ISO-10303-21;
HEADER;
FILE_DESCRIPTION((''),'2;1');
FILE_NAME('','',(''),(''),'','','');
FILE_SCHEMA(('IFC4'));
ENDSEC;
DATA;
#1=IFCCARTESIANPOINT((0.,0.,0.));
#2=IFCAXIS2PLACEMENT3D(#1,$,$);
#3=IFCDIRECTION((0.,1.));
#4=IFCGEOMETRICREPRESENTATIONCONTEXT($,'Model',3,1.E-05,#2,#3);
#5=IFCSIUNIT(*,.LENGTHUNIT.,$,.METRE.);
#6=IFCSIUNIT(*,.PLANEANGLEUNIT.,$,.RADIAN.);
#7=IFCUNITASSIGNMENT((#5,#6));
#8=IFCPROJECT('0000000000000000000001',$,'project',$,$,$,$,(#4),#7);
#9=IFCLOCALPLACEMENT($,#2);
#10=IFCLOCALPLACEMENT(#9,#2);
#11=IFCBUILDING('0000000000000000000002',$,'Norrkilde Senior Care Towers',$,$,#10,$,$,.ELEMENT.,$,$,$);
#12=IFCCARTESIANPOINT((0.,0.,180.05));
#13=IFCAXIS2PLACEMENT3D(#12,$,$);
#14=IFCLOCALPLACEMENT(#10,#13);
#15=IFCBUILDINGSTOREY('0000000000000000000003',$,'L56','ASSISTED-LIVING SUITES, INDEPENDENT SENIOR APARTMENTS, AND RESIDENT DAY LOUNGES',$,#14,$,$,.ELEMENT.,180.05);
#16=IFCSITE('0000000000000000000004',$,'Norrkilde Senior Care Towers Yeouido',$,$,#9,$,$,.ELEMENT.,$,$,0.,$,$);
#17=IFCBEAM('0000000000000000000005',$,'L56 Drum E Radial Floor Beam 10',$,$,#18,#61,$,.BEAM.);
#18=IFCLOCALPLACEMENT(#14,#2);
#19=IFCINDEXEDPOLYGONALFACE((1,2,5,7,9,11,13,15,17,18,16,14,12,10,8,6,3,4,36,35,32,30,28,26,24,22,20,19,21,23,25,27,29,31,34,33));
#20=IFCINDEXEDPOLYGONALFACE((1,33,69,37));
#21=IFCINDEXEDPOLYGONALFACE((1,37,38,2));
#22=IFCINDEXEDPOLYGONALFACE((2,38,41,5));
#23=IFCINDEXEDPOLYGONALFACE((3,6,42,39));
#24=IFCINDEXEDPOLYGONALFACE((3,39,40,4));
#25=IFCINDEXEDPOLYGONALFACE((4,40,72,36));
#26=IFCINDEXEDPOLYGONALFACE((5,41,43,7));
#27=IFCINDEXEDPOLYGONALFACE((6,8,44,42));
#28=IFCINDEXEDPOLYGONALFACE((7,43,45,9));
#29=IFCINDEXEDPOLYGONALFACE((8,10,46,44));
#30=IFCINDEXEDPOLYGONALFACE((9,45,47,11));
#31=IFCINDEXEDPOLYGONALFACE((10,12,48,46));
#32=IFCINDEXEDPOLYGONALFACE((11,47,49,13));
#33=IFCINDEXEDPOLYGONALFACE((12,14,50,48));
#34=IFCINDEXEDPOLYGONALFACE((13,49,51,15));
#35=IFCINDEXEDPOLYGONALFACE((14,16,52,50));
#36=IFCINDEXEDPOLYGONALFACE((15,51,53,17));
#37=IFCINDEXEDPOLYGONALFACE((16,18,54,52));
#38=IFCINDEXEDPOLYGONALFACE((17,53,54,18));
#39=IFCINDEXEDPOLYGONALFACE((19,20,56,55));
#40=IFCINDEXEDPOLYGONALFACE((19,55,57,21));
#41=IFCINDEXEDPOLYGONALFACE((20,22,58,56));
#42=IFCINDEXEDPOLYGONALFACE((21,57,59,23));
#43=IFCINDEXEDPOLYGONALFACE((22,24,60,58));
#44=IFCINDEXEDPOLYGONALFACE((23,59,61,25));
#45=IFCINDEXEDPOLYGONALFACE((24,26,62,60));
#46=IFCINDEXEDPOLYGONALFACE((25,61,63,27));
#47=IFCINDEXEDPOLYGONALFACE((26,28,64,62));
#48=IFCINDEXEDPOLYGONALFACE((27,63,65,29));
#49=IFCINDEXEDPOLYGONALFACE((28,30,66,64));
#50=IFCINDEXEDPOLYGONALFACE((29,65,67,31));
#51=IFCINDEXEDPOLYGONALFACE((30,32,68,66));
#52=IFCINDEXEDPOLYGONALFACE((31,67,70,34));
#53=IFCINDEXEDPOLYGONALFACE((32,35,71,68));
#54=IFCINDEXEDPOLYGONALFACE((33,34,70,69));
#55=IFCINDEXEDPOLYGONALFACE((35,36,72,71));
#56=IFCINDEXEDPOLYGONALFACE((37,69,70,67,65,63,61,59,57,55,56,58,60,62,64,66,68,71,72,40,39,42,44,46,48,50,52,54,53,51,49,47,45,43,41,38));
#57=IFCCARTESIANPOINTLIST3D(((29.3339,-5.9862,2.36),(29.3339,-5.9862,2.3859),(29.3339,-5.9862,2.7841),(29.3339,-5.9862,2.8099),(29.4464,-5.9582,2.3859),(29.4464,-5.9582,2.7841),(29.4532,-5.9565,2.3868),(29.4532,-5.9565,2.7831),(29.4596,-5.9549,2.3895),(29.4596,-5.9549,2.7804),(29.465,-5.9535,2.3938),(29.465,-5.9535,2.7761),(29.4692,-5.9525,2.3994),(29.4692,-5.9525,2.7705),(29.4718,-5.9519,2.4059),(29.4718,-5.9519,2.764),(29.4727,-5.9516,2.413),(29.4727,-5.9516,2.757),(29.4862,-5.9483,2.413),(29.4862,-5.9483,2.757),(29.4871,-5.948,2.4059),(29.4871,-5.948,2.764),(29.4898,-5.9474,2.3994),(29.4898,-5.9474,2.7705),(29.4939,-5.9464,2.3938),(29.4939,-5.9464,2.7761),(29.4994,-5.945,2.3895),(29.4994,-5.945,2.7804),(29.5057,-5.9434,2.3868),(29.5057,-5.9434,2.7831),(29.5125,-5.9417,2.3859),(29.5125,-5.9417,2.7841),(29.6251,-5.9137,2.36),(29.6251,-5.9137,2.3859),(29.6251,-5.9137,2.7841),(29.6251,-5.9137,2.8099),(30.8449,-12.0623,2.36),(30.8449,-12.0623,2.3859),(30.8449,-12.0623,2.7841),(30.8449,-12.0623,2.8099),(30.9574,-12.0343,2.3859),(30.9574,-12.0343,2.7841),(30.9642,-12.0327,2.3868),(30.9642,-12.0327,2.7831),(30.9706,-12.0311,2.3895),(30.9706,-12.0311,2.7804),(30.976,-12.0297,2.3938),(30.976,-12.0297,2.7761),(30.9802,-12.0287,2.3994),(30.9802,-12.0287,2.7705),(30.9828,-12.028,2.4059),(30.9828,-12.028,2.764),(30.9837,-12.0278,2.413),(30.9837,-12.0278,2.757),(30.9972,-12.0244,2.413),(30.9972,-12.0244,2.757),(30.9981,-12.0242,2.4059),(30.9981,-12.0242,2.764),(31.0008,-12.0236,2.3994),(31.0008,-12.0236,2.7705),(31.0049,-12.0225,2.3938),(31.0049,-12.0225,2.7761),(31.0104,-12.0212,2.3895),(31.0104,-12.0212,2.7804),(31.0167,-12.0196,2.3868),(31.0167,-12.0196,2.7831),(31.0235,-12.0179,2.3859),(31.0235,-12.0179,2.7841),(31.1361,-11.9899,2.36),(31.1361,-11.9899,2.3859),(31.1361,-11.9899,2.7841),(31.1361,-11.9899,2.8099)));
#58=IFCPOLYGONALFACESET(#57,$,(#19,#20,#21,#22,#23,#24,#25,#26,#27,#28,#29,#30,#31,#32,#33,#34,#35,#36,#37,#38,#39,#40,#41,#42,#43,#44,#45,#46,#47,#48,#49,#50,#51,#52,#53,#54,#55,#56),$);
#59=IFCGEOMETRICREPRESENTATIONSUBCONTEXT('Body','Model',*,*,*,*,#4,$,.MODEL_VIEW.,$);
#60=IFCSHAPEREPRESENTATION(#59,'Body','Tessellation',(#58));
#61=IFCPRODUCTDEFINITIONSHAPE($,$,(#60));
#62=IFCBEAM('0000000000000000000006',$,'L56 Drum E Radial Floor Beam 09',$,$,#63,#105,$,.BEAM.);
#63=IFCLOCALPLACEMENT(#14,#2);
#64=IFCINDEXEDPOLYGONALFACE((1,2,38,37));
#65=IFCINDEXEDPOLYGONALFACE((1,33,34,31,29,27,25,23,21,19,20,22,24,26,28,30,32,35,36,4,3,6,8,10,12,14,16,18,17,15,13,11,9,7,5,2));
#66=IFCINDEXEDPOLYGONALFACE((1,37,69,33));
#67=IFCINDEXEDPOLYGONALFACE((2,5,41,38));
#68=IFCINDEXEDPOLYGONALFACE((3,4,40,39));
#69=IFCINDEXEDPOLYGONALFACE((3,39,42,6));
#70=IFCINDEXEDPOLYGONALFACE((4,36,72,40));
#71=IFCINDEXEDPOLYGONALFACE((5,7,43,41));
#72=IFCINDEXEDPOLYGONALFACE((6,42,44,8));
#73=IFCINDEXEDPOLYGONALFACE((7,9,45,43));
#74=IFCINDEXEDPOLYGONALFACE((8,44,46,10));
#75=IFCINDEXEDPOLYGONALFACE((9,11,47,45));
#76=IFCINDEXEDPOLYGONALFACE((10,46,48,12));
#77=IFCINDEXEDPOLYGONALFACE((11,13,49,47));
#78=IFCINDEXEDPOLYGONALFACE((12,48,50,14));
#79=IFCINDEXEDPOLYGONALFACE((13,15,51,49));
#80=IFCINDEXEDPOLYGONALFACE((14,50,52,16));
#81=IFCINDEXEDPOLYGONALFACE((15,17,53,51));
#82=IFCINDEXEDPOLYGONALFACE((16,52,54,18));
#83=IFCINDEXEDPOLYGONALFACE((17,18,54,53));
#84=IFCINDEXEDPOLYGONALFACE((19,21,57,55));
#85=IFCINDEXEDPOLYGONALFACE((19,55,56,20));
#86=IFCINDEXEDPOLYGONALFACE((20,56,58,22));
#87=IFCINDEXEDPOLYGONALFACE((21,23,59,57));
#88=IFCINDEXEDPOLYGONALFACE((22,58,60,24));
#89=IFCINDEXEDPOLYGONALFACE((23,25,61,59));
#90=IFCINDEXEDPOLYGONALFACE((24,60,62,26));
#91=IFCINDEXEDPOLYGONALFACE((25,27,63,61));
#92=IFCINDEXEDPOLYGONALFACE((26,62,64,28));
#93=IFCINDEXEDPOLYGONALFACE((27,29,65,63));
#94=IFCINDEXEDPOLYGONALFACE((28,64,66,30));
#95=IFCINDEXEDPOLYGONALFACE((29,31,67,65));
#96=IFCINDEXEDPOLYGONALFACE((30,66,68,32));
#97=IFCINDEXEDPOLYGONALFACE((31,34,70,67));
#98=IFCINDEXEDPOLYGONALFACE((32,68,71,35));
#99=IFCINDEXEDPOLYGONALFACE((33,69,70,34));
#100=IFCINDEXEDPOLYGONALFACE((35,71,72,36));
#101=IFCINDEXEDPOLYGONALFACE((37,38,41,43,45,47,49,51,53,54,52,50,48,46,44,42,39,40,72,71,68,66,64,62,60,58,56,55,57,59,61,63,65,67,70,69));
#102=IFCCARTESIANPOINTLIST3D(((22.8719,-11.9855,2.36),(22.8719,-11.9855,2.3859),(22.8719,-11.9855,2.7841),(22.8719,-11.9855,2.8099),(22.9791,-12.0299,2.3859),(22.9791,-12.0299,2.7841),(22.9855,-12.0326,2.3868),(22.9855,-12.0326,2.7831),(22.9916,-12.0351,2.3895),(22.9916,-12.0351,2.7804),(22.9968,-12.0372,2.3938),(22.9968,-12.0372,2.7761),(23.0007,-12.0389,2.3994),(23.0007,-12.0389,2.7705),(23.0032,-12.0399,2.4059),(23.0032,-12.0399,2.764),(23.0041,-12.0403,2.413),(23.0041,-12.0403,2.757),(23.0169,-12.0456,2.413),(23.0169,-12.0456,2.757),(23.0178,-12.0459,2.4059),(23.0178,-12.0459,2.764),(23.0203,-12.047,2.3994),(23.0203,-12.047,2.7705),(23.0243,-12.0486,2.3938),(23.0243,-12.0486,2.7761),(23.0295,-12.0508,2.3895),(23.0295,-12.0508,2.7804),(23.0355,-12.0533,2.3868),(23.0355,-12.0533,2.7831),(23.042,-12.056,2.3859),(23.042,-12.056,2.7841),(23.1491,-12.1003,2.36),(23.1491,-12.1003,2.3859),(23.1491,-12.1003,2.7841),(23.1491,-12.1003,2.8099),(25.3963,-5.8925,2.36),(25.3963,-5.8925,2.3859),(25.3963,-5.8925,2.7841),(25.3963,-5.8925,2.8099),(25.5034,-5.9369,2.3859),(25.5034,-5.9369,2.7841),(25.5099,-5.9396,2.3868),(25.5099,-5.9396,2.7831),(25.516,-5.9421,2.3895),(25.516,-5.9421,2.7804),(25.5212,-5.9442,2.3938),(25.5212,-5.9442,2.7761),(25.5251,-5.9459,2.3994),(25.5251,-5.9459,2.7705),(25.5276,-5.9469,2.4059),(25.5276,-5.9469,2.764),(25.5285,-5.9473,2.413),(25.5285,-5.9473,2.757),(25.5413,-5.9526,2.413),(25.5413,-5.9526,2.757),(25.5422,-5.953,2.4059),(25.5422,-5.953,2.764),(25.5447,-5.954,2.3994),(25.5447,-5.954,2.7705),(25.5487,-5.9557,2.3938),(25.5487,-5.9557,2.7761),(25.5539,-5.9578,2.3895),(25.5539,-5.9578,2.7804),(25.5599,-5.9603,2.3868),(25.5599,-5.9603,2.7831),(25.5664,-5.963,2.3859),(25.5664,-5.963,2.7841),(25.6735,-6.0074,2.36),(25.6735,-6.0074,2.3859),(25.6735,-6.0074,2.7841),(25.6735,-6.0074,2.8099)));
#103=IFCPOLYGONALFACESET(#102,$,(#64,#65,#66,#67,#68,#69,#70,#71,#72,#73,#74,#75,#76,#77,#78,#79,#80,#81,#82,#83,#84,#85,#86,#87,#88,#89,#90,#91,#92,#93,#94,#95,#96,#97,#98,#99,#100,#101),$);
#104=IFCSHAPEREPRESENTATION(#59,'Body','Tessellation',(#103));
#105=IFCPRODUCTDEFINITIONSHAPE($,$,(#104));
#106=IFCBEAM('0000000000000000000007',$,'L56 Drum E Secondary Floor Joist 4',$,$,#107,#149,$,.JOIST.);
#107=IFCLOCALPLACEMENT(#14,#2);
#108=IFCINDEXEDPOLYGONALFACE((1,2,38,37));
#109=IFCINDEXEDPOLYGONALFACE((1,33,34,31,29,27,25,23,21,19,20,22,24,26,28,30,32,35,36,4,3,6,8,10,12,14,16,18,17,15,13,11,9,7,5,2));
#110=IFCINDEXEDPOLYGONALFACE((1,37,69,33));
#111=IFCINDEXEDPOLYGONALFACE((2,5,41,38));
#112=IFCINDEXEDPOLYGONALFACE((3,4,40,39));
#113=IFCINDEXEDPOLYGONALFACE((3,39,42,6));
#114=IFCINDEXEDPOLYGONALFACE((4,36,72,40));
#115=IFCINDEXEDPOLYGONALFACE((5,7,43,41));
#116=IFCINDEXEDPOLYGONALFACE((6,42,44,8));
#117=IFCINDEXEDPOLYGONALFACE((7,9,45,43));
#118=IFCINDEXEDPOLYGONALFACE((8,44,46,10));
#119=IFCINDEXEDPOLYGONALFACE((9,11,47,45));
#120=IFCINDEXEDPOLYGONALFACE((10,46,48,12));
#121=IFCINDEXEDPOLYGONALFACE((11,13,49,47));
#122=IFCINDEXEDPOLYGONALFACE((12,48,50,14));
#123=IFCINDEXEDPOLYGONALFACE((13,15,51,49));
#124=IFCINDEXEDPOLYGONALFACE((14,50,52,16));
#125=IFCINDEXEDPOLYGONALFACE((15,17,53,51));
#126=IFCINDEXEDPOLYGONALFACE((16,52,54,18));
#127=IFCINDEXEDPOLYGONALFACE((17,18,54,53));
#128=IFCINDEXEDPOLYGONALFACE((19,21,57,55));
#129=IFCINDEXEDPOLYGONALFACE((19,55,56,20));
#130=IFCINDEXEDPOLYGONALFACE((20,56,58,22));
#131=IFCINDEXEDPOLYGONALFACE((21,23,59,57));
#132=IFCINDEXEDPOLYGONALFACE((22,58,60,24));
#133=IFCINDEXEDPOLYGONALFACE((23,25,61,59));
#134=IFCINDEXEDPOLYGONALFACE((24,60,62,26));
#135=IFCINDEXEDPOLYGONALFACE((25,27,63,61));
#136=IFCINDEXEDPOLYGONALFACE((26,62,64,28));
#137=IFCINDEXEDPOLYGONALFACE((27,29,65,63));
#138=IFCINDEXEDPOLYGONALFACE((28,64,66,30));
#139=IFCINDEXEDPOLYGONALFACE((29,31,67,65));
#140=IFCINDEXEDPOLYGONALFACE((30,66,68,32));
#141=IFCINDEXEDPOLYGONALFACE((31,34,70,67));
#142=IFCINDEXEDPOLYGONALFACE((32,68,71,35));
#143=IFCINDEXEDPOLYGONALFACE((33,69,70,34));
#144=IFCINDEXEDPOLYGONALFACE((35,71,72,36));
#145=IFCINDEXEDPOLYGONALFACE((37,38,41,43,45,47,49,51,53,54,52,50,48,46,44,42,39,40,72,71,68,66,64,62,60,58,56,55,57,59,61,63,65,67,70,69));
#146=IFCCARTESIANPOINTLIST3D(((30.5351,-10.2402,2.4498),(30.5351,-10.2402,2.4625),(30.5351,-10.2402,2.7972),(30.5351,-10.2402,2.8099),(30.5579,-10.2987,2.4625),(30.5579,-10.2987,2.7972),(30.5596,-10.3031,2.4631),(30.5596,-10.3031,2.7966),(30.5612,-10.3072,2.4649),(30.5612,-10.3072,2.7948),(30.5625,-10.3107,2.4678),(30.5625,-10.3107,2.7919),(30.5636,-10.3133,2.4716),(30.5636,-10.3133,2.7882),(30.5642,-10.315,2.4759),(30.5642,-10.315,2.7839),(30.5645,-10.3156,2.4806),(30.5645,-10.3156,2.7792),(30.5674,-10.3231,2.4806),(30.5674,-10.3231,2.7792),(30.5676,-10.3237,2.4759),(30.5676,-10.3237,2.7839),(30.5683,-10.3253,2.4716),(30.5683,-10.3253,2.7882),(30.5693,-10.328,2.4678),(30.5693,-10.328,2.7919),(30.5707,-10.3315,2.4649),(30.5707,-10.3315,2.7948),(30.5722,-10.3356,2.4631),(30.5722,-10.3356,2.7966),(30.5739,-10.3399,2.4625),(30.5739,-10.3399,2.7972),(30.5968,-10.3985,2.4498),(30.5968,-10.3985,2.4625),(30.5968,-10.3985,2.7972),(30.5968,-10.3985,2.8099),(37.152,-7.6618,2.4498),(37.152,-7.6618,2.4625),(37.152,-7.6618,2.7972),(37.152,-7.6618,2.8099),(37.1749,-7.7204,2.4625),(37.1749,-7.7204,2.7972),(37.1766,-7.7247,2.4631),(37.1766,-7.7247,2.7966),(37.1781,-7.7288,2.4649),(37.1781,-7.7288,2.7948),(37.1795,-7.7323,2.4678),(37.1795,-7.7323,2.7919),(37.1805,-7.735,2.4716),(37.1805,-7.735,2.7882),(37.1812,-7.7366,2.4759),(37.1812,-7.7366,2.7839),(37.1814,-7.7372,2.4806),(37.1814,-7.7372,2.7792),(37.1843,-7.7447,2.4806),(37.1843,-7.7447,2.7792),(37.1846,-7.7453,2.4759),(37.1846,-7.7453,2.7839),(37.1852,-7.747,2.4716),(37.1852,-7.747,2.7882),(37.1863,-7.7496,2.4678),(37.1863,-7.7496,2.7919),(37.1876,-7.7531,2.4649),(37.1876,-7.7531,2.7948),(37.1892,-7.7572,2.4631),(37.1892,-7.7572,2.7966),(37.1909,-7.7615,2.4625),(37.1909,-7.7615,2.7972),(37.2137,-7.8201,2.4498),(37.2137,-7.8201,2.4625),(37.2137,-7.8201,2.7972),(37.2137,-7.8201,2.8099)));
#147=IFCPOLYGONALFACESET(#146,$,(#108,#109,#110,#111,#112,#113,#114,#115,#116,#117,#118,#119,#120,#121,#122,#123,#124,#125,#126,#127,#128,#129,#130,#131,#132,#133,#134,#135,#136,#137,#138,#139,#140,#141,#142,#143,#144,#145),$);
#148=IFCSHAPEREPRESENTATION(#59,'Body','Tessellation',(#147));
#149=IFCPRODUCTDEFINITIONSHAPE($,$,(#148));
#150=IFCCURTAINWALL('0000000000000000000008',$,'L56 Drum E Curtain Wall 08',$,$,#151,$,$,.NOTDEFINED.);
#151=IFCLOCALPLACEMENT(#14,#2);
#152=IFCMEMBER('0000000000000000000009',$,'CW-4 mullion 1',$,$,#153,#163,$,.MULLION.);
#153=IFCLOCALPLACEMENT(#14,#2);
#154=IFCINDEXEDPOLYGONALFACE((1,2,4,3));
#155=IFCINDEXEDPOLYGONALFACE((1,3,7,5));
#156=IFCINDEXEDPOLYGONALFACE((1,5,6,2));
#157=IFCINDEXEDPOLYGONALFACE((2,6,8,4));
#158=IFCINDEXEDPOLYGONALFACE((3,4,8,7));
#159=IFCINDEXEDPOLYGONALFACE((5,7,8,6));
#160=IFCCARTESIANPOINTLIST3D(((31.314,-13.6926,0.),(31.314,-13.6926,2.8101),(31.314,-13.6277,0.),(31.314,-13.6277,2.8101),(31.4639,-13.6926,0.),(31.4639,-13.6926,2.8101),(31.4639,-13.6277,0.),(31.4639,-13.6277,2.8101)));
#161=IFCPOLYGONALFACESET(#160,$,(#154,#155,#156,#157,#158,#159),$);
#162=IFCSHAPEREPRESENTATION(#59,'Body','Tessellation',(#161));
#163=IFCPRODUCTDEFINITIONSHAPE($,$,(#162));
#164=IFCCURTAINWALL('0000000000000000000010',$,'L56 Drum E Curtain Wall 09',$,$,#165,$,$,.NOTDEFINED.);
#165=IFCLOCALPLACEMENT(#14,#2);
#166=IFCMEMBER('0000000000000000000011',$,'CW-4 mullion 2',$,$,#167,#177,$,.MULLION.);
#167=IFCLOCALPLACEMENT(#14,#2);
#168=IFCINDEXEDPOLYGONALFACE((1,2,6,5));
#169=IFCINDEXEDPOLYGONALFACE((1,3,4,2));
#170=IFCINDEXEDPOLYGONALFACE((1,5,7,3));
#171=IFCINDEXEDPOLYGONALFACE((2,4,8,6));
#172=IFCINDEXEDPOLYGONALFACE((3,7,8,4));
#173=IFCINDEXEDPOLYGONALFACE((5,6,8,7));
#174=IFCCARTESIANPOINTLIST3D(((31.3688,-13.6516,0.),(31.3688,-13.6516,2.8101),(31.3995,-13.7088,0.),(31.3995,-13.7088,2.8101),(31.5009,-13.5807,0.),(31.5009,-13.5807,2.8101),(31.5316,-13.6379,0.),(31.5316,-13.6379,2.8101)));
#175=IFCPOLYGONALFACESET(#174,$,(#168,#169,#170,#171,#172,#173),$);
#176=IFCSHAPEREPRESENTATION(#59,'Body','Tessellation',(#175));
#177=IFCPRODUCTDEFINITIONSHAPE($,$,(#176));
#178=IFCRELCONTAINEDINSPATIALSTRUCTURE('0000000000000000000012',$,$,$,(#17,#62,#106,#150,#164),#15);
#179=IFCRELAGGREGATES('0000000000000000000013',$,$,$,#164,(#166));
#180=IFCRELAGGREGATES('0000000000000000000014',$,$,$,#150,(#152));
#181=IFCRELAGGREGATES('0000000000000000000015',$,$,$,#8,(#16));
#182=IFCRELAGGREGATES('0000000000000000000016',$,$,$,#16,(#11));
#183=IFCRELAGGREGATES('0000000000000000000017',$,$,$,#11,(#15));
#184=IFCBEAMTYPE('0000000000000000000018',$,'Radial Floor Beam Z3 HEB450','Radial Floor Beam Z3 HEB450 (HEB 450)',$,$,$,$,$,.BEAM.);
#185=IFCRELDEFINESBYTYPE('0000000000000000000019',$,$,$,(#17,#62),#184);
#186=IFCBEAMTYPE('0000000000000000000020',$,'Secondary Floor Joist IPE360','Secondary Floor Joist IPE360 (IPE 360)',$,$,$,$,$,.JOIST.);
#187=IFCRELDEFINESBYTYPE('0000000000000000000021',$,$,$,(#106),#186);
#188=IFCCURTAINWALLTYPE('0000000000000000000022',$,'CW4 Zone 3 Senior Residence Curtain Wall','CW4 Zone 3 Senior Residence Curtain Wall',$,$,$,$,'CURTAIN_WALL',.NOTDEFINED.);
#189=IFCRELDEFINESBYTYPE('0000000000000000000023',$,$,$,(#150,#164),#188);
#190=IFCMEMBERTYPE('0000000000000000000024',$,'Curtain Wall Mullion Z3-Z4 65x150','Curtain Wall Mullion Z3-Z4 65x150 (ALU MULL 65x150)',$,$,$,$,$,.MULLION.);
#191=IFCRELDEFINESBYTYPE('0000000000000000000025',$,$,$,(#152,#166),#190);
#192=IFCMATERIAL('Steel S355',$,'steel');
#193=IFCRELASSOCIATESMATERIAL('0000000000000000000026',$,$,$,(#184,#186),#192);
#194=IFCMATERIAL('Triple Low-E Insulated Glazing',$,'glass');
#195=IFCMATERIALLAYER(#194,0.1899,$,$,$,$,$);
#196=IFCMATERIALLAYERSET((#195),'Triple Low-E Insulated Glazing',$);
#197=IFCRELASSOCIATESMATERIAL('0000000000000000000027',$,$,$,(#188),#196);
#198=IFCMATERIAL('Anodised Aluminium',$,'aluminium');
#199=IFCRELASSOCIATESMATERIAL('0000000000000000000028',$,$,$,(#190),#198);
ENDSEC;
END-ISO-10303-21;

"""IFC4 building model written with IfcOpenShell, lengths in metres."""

from ifc_helpers import new_model, si_unit, direction, frame, origin, origin_2d, place, context, subcontext, project, spatial, rectangle, i_section, extrude, source, transform, mapped, material, layer, layer_set, material_profile, profile_set, type_object, type_shapes, element, aggregate, save


model = new_model("IFC4")

# Units and contexts
model_context = context("Model", 3, precision=1e-05, world=origin(), true_north=direction((0.0, 1.0)))
body_context = subcontext(model_context, "Body", "Model", "MODEL_VIEW")
ifc_project = project(units=[si_unit("LENGTHUNIT", "METRE"), si_unit("PLANEANGLEUNIT", "RADIAN")], contexts=[model_context])

# Site, building, storey
site_placement = place(None, origin())
site = spatial("IfcSite", under=ifc_project, at=site_placement, Name="Norrkilde Senior Care Towers Yeouido", CompositionType="ELEMENT", RefElevation=0.0)
building_placement = place(site_placement, origin())
building = spatial("IfcBuilding", under=site, at=building_placement, Name="Norrkilde Senior Care Towers", CompositionType="ELEMENT")
storey_placement = place(building_placement, frame((0.0, 0.0, 180.05)))
storey = spatial("IfcBuildingStorey", under=building, at=storey_placement, Name="L56", Description="ASSISTED-LIVING SUITES, INDEPENDENT SENIOR APARTMENTS, AND RESIDENT DAY LOUNGES", CompositionType="ELEMENT", Elevation=180.05)

# Beams
ifc_material_1 = material(Name="Steel S355", Category="steel")
ifc_material_profile_1 = material_profile(ifc_material_1, i_section(OverallWidth=0.3, OverallDepth=0.45, WebThickness=0.0139, FlangeThickness=0.0259, FilletRadius=0.0271, at=origin_2d()), Name="HEB 450")
ifc_profile_set_1 = profile_set([ifc_material_profile_1], Name="Steel S355")
beam_type_1 = type_object("IfcBeamType", Name="Radial Floor Beam Z3 HEB450", Description="Radial Floor Beam Z3 HEB450 (HEB 450)", PredefinedType="BEAM", material=ifc_profile_set_1)
shared_shape_1 = source(origin(), body_context, "Body", "SweptSolid", [
    extrude(i_section(OverallWidth=0.3, OverallDepth=0.45, WebThickness=0.0139, FlangeThickness=0.0259, FilletRadius=0.0271, at=origin_2d()), origin(), (0.0, 0.0, 1.0), 6.2612),
])
beam_1_placement = place(storey_placement, frame((29.4795, -5.95, 2.585), z_axis=(0.241324, -0.970445, 0.0), x_axis=(0.970445, 0.241324, 0.0)))
element("IfcBeam", 1, at=beam_1_placement, inside=storey, type_object=beam_type_1, Name="L56 Drum E Radial Floor Beam 10", PredefinedType="BEAM", context=body_context, shape_type="MappedRepresentation", body=[
    mapped(shared_shape_1, transform((0.0, 0.0, 0.0), x_axis=(1.0, 0.0, 0.0), y_axis=(0.0, 1.0, 0.0), z_axis=(0.0, 0.0, 1.0), scale=1.0)),
])
shared_shape_2 = source(origin(), body_context, "Body", "SweptSolid", [
    extrude(i_section(OverallWidth=0.3, OverallDepth=0.45, WebThickness=0.0139, FlangeThickness=0.0259, FilletRadius=0.0271, at=origin_2d()), origin(), (0.0, 0.0, 1.0), 6.5952),
])
beam_2_placement = place(storey_placement, frame((25.5349, -5.95, 2.585), z_axis=(-0.382762, -0.923847, 0.0), x_axis=(0.923847, -0.382762, 0.0)))
element("IfcBeam", 2, at=beam_2_placement, inside=storey, type_object=beam_type_1, Name="L56 Drum E Radial Floor Beam 09", PredefinedType="BEAM", context=body_context, shape_type="MappedRepresentation", body=[
    mapped(shared_shape_2, transform((0.0, 0.0, 0.0), x_axis=(1.0, 0.0, 0.0), y_axis=(0.0, 1.0, 0.0), z_axis=(0.0, 0.0, 1.0), scale=1.0)),
])
ifc_material_profile_2 = material_profile(ifc_material_1, i_section(OverallWidth=0.1699, OverallDepth=0.3601, WebThickness=0.0081, FlangeThickness=0.0127, FilletRadius=0.0181, at=origin_2d()), Name="IPE 360")
ifc_profile_set_2 = profile_set([ifc_material_profile_2], Name="Steel S355")
beam_type_2 = type_object("IfcBeamType", Name="Secondary Floor Joist IPE360", Description="Secondary Floor Joist IPE360 (IPE 360)", PredefinedType="JOIST", material=ifc_profile_set_2)
shared_shape_3 = source(origin(), body_context, "Body", "SweptSolid", [
    extrude(i_section(OverallWidth=0.1699, OverallDepth=0.3601, WebThickness=0.0081, FlangeThickness=0.0127, FilletRadius=0.0181, at=origin_2d()), origin(), (0.0, 0.0, 1.0), 7.1016),
])
type_shapes(beam_type_2, [shared_shape_3])
beam_3_placement = place(storey_placement, frame((30.5659, -10.3193, 2.6299), z_axis=(0.931761, 0.363072, 0.0), x_axis=(-0.363072, 0.931761, 0.0)))
element("IfcBeam", 3, at=beam_3_placement, inside=storey, type_object=beam_type_2, Name="L56 Drum E Secondary Floor Joist 4", PredefinedType="JOIST", context=body_context, shape_type="MappedRepresentation", body=[
    mapped(shared_shape_3, transform((0.0, 0.0, 0.0), x_axis=(1.0, 0.0, 0.0), y_axis=(0.0, 1.0, 0.0), z_axis=(0.0, 0.0, 1.0), scale=1.0)),
])

# Curtain walls, members
ifc_material_2 = material(Name="Triple Low-E Insulated Glazing", Category="glass")
ifc_layer_1 = layer(ifc_material_2, 0.1899)
ifc_layer_set_1 = layer_set([ifc_layer_1], Name="Triple Low-E Insulated Glazing")
curtain_wall_type = type_object("IfcCurtainWallType", Name="CW4 Zone 3 Senior Residence Curtain Wall", Description="CW4 Zone 3 Senior Residence Curtain Wall", ElementType="CURTAIN_WALL", PredefinedType="NOTDEFINED", material=ifc_layer_set_1)
curtain_wall_1_placement = place(storey_placement, origin())
curtain_wall_1 = element("IfcCurtainWall", 4, at=curtain_wall_1_placement, inside=storey, type_object=curtain_wall_type, Name="L56 Drum E Curtain Wall 08", PredefinedType="NOTDEFINED")
ifc_material_3 = material(Name="Anodised Aluminium", Category="aluminium")
ifc_material_profile_3 = material_profile(ifc_material_3, rectangle(XDim=0.0649, YDim=0.1499, at=origin_2d()), Name="ALU MULL 65x150")
ifc_profile_set_3 = profile_set([ifc_material_profile_3], Name="Anodised Aluminium")
member_type_1 = type_object("IfcMemberType", Name="Curtain Wall Mullion Z3-Z4 65x150", Description="Curtain Wall Mullion Z3-Z4 65x150 (ALU MULL 65x150)", PredefinedType="MULLION", material=ifc_profile_set_3)
shared_shape_4 = source(origin(), body_context, "Body", "SweptSolid", [
    extrude(rectangle(XDim=0.0649, YDim=0.1499, at=origin_2d()), origin(), (0.0, 0.0, 1.0), 2.8101),
])
type_shapes(member_type_1, [shared_shape_4])
member_1_placement = place(storey_placement, frame((31.3889, -13.6602, 0.0), z_axis=(0.0, 0.0, 1.0), x_axis=(0.0, -1.0, 0.0)))
member_1 = element("IfcMember", 5, at=member_1_placement, type_object=member_type_1, Name="CW-4 mullion 1", PredefinedType="MULLION", context=body_context, shape_type="MappedRepresentation", body=[
    mapped(shared_shape_4, transform((0.0, 0.0, 0.0), x_axis=(1.0, 0.0, 0.0), y_axis=(0.0, 1.0, 0.0), z_axis=(0.0, 0.0, 1.0), scale=1.0)),
])
curtain_wall_2_placement = place(storey_placement, origin())
curtain_wall_2 = element("IfcCurtainWall", 6, at=curtain_wall_2_placement, inside=storey, type_object=curtain_wall_type, Name="L56 Drum E Curtain Wall 09", PredefinedType="NOTDEFINED")
member_2_placement = place(storey_placement, frame((31.4502, -13.6448, 0.0), z_axis=(0.0, 0.0, 1.0), x_axis=(0.473117, -0.881, 0.0)))
member_2 = element("IfcMember", 7, at=member_2_placement, type_object=member_type_1, Name="CW-4 mullion 2", PredefinedType="MULLION", context=body_context, shape_type="MappedRepresentation", body=[
    mapped(shared_shape_4, transform((0.0, 0.0, 0.0), x_axis=(1.0, 0.0, 0.0), y_axis=(0.0, 1.0, 0.0), z_axis=(0.0, 0.0, 1.0), scale=1.0)),
])
aggregate(curtain_wall_2, [member_2])

aggregate(curtain_wall_1, [member_1])

save(model, "model.ifc")
